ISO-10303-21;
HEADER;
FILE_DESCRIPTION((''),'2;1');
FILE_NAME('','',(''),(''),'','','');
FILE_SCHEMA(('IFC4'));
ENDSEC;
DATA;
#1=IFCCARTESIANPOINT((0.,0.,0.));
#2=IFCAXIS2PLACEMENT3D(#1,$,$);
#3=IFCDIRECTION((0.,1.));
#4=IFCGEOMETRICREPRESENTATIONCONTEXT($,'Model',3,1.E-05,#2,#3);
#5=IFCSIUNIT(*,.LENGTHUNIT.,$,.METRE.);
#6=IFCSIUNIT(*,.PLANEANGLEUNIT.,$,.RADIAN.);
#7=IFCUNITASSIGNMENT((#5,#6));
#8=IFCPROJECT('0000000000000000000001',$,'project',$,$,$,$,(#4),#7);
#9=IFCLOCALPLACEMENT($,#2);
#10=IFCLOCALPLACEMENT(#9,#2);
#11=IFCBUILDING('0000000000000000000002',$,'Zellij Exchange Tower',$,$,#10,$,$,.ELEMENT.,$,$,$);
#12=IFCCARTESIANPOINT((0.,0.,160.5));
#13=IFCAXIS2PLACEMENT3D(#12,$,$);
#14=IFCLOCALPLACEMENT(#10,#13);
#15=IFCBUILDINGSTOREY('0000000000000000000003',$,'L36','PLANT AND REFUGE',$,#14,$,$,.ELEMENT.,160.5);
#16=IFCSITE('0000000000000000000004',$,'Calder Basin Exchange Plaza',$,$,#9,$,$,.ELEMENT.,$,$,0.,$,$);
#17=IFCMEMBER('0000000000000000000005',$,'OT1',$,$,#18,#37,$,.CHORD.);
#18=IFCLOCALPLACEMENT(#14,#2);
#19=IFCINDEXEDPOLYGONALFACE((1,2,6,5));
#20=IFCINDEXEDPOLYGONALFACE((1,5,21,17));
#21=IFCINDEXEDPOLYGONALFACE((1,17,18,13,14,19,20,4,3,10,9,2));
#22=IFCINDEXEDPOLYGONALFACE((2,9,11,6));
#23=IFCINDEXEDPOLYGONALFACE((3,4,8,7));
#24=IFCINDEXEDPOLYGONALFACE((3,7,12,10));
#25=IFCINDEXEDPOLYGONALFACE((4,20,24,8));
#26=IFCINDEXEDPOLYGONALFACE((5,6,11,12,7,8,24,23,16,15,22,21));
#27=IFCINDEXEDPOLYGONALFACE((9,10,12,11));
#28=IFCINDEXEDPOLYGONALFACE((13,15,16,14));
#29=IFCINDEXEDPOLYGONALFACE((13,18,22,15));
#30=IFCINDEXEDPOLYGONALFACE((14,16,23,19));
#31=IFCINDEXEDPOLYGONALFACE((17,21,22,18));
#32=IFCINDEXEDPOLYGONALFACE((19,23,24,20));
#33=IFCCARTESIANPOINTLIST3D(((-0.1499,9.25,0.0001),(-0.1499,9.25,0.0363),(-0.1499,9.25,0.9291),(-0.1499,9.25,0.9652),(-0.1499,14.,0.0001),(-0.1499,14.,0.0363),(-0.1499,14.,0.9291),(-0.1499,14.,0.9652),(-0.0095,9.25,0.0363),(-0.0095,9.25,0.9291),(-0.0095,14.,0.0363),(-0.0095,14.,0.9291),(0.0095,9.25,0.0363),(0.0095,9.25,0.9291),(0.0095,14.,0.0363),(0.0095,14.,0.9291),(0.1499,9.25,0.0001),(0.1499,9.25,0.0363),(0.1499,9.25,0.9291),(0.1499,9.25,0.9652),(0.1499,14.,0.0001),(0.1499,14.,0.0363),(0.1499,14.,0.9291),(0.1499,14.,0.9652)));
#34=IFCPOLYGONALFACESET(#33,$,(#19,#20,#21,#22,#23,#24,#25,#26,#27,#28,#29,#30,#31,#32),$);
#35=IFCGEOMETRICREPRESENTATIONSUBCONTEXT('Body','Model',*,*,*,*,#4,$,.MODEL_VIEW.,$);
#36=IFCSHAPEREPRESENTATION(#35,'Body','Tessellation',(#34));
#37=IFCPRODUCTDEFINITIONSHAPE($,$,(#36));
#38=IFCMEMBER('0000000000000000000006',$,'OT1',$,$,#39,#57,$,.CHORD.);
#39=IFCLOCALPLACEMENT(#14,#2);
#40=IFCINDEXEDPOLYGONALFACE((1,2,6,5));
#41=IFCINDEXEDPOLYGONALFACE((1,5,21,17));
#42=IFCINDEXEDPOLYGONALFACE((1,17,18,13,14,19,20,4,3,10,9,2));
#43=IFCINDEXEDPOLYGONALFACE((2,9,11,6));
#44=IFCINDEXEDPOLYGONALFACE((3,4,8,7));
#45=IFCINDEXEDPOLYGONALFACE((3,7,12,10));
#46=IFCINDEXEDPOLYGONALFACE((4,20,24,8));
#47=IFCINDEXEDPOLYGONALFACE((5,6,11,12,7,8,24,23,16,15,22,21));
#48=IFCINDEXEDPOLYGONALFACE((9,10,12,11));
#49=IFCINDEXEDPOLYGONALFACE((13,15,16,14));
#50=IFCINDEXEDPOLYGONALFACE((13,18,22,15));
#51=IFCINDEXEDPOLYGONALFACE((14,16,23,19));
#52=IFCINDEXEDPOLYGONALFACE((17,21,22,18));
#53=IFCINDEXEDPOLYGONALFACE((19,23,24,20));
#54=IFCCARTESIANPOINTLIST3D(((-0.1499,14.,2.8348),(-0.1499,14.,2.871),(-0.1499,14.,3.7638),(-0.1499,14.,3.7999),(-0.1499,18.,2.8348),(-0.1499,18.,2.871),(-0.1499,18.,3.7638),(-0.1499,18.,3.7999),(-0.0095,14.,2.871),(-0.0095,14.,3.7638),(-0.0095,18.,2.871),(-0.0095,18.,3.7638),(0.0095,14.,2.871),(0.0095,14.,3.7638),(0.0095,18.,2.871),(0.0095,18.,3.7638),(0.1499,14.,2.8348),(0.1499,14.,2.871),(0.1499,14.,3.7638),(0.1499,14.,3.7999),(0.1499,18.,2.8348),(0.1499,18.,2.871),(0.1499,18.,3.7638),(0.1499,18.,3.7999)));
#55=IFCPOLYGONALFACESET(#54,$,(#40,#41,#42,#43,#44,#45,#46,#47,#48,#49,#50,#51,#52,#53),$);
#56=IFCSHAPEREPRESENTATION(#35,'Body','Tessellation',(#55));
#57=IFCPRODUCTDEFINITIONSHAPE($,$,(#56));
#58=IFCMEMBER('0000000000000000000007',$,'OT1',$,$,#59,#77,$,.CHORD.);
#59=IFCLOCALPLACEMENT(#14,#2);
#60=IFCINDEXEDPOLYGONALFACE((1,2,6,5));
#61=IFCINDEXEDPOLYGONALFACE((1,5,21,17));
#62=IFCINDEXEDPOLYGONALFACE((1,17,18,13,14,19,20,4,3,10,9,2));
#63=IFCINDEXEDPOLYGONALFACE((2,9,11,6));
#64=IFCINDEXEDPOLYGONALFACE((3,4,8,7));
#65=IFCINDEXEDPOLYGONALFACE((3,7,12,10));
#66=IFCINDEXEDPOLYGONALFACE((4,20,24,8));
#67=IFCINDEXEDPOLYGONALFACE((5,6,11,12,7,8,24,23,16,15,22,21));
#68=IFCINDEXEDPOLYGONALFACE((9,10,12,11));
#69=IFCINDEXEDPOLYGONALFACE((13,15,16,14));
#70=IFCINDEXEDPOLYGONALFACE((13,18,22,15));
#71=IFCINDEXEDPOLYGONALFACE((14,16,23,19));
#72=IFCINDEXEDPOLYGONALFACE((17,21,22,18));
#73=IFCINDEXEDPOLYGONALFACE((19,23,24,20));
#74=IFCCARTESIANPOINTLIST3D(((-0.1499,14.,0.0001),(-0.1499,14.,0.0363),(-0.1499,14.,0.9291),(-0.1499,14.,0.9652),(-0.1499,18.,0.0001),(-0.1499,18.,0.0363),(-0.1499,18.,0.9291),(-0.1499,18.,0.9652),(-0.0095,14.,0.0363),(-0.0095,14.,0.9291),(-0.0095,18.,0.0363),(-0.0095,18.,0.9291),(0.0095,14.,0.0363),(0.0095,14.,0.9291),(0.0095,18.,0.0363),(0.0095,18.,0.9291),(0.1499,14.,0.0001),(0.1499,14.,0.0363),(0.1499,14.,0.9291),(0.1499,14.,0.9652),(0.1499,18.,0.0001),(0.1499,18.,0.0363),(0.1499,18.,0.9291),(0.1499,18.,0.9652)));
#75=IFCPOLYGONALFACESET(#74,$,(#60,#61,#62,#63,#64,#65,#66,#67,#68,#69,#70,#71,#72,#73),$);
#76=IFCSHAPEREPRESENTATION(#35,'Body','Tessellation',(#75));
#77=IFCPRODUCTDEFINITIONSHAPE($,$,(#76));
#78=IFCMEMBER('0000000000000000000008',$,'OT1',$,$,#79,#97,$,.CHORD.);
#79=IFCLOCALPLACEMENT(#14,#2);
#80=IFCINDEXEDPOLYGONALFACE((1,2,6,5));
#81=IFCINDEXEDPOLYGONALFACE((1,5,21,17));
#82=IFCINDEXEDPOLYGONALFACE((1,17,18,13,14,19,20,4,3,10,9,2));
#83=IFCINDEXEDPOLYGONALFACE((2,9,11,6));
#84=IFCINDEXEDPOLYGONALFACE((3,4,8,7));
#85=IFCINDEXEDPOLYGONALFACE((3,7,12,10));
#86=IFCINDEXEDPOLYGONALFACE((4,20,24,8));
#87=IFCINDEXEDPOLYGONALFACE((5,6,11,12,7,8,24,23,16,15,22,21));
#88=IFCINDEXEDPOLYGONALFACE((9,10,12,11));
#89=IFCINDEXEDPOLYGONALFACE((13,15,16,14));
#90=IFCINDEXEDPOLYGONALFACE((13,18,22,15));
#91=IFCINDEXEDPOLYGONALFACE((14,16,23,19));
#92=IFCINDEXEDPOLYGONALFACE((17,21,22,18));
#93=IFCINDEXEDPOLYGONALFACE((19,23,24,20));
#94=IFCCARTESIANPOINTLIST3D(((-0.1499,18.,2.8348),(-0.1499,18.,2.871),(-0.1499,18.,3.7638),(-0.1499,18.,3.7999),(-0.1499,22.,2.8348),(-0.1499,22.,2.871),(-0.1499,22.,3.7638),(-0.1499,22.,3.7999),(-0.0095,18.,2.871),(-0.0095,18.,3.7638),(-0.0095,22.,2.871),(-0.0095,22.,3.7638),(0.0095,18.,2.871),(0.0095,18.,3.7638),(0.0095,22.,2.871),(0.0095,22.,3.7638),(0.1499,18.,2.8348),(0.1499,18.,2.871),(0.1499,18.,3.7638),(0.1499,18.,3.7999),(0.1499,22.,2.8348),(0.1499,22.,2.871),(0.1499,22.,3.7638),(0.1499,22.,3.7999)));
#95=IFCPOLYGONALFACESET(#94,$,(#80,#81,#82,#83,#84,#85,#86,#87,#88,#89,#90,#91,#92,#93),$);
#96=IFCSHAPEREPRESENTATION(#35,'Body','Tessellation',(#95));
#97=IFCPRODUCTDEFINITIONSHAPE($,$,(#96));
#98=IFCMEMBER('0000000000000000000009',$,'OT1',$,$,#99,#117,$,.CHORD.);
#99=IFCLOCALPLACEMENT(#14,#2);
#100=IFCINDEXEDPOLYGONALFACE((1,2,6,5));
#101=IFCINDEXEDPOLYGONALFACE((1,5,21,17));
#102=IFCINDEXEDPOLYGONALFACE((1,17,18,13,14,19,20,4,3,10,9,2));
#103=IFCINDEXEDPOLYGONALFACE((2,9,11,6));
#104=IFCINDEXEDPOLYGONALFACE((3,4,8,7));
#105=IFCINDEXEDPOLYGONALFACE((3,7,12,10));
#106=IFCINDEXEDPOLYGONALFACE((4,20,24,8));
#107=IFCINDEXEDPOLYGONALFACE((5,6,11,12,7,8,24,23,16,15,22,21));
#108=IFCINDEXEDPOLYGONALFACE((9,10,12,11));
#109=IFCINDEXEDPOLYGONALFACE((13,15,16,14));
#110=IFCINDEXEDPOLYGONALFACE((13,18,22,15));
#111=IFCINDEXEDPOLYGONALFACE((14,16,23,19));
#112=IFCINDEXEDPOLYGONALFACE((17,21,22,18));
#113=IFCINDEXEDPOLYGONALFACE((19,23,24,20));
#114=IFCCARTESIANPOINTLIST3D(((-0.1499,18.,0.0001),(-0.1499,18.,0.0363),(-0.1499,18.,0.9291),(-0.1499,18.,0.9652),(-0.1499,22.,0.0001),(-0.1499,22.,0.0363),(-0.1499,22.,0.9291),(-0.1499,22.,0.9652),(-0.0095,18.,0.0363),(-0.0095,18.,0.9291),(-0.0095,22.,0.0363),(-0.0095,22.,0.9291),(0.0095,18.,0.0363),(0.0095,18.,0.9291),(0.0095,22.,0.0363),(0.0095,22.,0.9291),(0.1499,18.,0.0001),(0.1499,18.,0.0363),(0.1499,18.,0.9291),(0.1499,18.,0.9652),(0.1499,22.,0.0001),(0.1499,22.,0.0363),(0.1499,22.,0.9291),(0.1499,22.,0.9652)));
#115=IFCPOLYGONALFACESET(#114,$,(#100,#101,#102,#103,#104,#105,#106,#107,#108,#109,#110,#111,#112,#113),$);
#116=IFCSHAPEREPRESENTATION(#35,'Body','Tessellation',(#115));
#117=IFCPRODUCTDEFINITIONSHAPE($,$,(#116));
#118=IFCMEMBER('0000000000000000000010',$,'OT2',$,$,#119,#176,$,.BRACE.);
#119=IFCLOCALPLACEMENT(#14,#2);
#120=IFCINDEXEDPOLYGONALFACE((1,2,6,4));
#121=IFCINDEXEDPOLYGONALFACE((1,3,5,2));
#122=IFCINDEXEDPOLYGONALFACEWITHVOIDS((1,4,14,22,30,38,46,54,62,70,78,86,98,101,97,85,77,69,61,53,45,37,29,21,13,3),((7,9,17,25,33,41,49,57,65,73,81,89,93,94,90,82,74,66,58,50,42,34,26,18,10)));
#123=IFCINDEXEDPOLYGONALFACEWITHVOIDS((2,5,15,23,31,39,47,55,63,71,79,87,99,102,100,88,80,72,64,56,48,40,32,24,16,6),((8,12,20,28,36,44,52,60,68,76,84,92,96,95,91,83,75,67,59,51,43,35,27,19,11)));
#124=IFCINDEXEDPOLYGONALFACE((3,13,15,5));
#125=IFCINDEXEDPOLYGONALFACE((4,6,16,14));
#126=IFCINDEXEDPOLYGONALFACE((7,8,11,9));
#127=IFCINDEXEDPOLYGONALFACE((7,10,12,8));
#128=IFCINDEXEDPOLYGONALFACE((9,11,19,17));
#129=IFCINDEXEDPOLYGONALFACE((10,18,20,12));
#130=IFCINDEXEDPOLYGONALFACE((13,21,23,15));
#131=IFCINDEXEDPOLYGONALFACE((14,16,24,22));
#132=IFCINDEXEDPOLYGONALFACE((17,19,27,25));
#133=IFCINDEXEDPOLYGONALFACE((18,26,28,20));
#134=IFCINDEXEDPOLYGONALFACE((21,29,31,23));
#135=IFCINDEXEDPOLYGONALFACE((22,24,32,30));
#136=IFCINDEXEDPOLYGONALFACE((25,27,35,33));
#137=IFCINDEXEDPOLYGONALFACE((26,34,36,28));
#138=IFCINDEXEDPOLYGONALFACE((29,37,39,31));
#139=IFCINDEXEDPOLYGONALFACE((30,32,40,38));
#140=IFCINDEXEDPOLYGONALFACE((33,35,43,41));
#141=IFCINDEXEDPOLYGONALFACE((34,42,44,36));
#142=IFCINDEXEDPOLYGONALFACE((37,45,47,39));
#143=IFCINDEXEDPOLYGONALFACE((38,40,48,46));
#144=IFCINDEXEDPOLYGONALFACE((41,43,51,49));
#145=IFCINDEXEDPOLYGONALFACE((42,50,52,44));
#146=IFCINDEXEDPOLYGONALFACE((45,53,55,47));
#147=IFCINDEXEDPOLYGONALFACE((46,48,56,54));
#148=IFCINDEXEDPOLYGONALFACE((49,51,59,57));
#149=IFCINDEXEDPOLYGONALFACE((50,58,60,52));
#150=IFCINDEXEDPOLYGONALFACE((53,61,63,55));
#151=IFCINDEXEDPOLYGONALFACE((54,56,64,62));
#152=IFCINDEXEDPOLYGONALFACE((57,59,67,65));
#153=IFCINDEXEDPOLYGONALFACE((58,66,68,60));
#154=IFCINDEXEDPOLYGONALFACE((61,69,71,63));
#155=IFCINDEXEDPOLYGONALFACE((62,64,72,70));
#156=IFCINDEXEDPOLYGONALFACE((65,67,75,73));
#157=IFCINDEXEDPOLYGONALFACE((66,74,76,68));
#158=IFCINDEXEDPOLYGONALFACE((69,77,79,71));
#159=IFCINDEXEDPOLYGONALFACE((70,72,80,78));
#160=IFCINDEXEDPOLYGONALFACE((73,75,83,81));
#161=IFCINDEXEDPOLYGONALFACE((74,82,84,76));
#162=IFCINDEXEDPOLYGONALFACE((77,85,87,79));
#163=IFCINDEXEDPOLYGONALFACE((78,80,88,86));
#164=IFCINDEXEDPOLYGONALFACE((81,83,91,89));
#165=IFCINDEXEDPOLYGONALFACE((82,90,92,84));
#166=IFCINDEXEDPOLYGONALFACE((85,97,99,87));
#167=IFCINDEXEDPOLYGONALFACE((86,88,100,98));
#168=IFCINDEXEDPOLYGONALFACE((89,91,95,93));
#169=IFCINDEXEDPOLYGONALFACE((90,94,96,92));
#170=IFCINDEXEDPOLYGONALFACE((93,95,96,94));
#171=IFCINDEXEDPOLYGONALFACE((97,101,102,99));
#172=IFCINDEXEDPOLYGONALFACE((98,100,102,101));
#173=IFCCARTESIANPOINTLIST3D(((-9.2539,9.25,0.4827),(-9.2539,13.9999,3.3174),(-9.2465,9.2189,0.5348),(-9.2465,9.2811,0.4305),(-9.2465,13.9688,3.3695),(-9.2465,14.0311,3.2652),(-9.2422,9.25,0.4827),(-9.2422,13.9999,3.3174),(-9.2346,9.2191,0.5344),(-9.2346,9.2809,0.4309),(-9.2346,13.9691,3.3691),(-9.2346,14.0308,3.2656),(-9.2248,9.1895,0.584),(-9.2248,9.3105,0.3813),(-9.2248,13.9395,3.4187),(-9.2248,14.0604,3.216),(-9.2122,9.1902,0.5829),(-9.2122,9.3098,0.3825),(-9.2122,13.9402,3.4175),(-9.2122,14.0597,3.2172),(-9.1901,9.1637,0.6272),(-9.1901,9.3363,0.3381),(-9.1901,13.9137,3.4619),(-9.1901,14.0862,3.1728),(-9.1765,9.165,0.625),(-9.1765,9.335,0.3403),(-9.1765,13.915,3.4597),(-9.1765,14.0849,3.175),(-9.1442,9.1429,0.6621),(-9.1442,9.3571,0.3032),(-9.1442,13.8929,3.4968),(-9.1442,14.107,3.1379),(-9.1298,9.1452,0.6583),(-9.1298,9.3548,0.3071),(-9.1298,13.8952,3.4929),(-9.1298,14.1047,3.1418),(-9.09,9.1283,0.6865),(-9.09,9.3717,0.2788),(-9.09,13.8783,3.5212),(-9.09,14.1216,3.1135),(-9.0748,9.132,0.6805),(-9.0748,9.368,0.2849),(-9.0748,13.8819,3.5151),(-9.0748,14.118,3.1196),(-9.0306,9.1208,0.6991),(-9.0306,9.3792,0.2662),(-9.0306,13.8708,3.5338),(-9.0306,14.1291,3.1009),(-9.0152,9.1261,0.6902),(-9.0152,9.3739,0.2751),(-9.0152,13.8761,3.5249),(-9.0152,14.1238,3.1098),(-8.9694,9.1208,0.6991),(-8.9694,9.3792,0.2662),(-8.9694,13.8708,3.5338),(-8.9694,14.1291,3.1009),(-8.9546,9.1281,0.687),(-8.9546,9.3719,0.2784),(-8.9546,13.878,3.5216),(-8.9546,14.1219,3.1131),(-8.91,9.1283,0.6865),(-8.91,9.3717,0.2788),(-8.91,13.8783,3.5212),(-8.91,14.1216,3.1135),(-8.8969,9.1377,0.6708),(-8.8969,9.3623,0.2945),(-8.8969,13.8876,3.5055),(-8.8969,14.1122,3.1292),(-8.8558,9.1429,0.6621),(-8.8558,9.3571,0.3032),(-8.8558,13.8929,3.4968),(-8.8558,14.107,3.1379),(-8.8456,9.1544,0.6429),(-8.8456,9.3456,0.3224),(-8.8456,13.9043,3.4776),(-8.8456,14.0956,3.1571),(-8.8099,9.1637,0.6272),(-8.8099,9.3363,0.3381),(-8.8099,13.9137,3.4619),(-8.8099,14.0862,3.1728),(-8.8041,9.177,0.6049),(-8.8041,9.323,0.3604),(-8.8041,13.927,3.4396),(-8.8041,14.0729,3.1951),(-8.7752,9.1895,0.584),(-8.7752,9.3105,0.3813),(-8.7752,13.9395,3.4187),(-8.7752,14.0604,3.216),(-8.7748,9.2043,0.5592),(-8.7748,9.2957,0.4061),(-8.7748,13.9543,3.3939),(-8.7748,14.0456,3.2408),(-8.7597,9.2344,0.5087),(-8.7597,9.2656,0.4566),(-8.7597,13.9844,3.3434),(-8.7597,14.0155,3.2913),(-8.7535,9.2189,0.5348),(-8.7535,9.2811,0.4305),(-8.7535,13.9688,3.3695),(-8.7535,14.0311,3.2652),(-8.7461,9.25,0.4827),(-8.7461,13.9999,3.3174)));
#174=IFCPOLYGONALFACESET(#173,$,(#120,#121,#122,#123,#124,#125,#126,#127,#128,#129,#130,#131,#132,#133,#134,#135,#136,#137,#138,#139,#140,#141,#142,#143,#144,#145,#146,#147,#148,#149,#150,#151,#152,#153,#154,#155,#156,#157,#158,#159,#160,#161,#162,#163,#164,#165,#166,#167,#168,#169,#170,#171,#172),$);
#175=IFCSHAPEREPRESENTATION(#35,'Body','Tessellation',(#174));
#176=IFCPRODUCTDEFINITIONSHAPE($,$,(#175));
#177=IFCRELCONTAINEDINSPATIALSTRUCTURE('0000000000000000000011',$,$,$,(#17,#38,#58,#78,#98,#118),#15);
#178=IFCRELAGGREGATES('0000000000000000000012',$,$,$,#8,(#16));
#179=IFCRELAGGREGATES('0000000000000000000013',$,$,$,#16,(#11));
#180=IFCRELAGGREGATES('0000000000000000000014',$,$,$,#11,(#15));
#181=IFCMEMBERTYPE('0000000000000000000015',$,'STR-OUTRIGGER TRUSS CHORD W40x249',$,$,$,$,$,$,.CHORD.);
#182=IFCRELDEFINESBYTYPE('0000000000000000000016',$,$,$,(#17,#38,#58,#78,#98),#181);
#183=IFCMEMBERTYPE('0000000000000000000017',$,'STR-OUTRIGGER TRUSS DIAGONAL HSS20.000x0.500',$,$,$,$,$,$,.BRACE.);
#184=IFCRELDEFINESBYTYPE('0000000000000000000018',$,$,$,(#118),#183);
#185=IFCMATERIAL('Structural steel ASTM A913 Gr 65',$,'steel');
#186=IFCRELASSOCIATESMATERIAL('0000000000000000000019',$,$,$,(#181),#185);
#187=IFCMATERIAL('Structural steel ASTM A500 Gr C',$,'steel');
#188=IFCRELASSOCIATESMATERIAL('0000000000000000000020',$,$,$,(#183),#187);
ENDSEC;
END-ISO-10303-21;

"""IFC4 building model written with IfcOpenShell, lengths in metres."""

from ifc_helpers import new_model, si_unit, direction, frame, origin, origin_2d, place, context, subcontext, project, spatial, hollow_circle, i_section, extrude, material, material_profile, profile_set, type_object, element, save


model = new_model("IFC4")

# Units and contexts
model_context = context("Model", 3, precision=1e-05, world=origin(), true_north=direction((0.0, 1.0)))
body_context = subcontext(model_context, "Body", "Model", "MODEL_VIEW")
ifc_project = project(units=[si_unit("LENGTHUNIT", "METRE"), si_unit("PLANEANGLEUNIT", "RADIAN")], contexts=[model_context])

# Site, building, storey
site_placement = place(None, origin())
site = spatial("IfcSite", under=ifc_project, at=site_placement, Name="Calder Basin Exchange Plaza", CompositionType="ELEMENT", RefElevation=0.0)
building_placement = place(site_placement, origin())
building = spatial("IfcBuilding", under=site, at=building_placement, Name="Zellij Exchange Tower", CompositionType="ELEMENT")
storey_placement = place(building_placement, frame((0.0, 0.0, 160.5)))
storey = spatial("IfcBuildingStorey", under=building, at=storey_placement, Name="L36", Description="PLANT AND REFUGE", CompositionType="ELEMENT", Elevation=160.5)

# Shared definitions
ifc_material_1 = material(Name="Structural steel ASTM A913 Gr 65", Category="steel")

# Members
ifc_material_profile_1 = material_profile(ifc_material_1, i_section(OverallWidth=0.2998, OverallDepth=0.9651, WebThickness=0.019, FlangeThickness=0.0361, at=origin_2d()), Name="W40x249")
ifc_profile_set_1 = profile_set([ifc_material_profile_1], Name="Structural steel ASTM A913 Gr 65")
member_type_1 = type_object("IfcMemberType", Name="STR-OUTRIGGER TRUSS CHORD W40x249", PredefinedType="CHORD", material=ifc_profile_set_1)
for number, where, z_axis, x_axis, name in (
    (1, (0.0, 9.25, 0.4827), (0.0, 1.0, 0.0), (-1.0, 0.0, 0.0), "OT1"),
):
    element("IfcMember", number, at=place(storey_placement, frame(where, z_axis=z_axis, x_axis=x_axis)), inside=storey, type_object=member_type_1, Name=name, PredefinedType="CHORD", context=body_context, shape_type="SweptSolid", body=[
        extrude(i_section(OverallWidth=0.2998, OverallDepth=0.9651, WebThickness=0.019, FlangeThickness=0.0361, at=origin_2d()), origin(), (0.0, 0.0, 1.0), 4.75),
    ])
for number, where, z_axis, x_axis, name in (
    (2, (0.0, 14.0, 3.3174), (0.0, 1.0, 0.0), (-1.0, 0.0, 0.0), "OT1"),
    (3, (0.0, 14.0, 0.4827), (0.0, 1.0, 0.0), (-1.0, 0.0, 0.0), "OT1"),
    (4, (0.0, 18.0, 3.3174), (0.0, 1.0, 0.0), (-1.0, 0.0, 0.0), "OT1"),
    (5, (0.0, 18.0, 0.4827), (0.0, 1.0, 0.0), (-1.0, 0.0, 0.0), "OT1"),
):
    element("IfcMember", number, at=place(storey_placement, frame(where, z_axis=z_axis, x_axis=x_axis)), inside=storey, type_object=member_type_1, Name=name, PredefinedType="CHORD", context=body_context, shape_type="SweptSolid", body=[
        extrude(i_section(OverallWidth=0.2998, OverallDepth=0.9651, WebThickness=0.019, FlangeThickness=0.0361, at=origin_2d()), origin(), (0.0, 0.0, 1.0), 4.0),
    ])
ifc_material_2 = material(Name="Structural steel ASTM A500 Gr C", Category="steel")
ifc_material_profile_2 = material_profile(ifc_material_2, hollow_circle(Radius=0.2539, WallThickness=0.0117, at=origin_2d()), Name="STR-OUTRIGGER TRUSS DIAGONAL HSS20.000x0.500")
ifc_profile_set_2 = profile_set([ifc_material_profile_2], Name="Structural steel ASTM A500 Gr C")
member_type_2 = type_object("IfcMemberType", Name="STR-OUTRIGGER TRUSS DIAGONAL HSS20.000x0.500", PredefinedType="BRACE", material=ifc_profile_set_2)
member_1_placement = place(storey_placement, frame((-9.0, 9.25, 0.4827), z_axis=(0.0, 0.858709, 0.512463), x_axis=(-1.0, 0.0, 0.0)))
element("IfcMember", 6, at=member_1_placement, inside=storey, type_object=member_type_2, Name="OT2", PredefinedType="BRACE", context=body_context, shape_type="SweptSolid", body=[
    extrude(hollow_circle(Radius=0.2539, WallThickness=0.0117, at=origin_2d()), origin(), (0.0, 0.0, 1.0), 5.5315),
])

save(model, "model.ifc")
